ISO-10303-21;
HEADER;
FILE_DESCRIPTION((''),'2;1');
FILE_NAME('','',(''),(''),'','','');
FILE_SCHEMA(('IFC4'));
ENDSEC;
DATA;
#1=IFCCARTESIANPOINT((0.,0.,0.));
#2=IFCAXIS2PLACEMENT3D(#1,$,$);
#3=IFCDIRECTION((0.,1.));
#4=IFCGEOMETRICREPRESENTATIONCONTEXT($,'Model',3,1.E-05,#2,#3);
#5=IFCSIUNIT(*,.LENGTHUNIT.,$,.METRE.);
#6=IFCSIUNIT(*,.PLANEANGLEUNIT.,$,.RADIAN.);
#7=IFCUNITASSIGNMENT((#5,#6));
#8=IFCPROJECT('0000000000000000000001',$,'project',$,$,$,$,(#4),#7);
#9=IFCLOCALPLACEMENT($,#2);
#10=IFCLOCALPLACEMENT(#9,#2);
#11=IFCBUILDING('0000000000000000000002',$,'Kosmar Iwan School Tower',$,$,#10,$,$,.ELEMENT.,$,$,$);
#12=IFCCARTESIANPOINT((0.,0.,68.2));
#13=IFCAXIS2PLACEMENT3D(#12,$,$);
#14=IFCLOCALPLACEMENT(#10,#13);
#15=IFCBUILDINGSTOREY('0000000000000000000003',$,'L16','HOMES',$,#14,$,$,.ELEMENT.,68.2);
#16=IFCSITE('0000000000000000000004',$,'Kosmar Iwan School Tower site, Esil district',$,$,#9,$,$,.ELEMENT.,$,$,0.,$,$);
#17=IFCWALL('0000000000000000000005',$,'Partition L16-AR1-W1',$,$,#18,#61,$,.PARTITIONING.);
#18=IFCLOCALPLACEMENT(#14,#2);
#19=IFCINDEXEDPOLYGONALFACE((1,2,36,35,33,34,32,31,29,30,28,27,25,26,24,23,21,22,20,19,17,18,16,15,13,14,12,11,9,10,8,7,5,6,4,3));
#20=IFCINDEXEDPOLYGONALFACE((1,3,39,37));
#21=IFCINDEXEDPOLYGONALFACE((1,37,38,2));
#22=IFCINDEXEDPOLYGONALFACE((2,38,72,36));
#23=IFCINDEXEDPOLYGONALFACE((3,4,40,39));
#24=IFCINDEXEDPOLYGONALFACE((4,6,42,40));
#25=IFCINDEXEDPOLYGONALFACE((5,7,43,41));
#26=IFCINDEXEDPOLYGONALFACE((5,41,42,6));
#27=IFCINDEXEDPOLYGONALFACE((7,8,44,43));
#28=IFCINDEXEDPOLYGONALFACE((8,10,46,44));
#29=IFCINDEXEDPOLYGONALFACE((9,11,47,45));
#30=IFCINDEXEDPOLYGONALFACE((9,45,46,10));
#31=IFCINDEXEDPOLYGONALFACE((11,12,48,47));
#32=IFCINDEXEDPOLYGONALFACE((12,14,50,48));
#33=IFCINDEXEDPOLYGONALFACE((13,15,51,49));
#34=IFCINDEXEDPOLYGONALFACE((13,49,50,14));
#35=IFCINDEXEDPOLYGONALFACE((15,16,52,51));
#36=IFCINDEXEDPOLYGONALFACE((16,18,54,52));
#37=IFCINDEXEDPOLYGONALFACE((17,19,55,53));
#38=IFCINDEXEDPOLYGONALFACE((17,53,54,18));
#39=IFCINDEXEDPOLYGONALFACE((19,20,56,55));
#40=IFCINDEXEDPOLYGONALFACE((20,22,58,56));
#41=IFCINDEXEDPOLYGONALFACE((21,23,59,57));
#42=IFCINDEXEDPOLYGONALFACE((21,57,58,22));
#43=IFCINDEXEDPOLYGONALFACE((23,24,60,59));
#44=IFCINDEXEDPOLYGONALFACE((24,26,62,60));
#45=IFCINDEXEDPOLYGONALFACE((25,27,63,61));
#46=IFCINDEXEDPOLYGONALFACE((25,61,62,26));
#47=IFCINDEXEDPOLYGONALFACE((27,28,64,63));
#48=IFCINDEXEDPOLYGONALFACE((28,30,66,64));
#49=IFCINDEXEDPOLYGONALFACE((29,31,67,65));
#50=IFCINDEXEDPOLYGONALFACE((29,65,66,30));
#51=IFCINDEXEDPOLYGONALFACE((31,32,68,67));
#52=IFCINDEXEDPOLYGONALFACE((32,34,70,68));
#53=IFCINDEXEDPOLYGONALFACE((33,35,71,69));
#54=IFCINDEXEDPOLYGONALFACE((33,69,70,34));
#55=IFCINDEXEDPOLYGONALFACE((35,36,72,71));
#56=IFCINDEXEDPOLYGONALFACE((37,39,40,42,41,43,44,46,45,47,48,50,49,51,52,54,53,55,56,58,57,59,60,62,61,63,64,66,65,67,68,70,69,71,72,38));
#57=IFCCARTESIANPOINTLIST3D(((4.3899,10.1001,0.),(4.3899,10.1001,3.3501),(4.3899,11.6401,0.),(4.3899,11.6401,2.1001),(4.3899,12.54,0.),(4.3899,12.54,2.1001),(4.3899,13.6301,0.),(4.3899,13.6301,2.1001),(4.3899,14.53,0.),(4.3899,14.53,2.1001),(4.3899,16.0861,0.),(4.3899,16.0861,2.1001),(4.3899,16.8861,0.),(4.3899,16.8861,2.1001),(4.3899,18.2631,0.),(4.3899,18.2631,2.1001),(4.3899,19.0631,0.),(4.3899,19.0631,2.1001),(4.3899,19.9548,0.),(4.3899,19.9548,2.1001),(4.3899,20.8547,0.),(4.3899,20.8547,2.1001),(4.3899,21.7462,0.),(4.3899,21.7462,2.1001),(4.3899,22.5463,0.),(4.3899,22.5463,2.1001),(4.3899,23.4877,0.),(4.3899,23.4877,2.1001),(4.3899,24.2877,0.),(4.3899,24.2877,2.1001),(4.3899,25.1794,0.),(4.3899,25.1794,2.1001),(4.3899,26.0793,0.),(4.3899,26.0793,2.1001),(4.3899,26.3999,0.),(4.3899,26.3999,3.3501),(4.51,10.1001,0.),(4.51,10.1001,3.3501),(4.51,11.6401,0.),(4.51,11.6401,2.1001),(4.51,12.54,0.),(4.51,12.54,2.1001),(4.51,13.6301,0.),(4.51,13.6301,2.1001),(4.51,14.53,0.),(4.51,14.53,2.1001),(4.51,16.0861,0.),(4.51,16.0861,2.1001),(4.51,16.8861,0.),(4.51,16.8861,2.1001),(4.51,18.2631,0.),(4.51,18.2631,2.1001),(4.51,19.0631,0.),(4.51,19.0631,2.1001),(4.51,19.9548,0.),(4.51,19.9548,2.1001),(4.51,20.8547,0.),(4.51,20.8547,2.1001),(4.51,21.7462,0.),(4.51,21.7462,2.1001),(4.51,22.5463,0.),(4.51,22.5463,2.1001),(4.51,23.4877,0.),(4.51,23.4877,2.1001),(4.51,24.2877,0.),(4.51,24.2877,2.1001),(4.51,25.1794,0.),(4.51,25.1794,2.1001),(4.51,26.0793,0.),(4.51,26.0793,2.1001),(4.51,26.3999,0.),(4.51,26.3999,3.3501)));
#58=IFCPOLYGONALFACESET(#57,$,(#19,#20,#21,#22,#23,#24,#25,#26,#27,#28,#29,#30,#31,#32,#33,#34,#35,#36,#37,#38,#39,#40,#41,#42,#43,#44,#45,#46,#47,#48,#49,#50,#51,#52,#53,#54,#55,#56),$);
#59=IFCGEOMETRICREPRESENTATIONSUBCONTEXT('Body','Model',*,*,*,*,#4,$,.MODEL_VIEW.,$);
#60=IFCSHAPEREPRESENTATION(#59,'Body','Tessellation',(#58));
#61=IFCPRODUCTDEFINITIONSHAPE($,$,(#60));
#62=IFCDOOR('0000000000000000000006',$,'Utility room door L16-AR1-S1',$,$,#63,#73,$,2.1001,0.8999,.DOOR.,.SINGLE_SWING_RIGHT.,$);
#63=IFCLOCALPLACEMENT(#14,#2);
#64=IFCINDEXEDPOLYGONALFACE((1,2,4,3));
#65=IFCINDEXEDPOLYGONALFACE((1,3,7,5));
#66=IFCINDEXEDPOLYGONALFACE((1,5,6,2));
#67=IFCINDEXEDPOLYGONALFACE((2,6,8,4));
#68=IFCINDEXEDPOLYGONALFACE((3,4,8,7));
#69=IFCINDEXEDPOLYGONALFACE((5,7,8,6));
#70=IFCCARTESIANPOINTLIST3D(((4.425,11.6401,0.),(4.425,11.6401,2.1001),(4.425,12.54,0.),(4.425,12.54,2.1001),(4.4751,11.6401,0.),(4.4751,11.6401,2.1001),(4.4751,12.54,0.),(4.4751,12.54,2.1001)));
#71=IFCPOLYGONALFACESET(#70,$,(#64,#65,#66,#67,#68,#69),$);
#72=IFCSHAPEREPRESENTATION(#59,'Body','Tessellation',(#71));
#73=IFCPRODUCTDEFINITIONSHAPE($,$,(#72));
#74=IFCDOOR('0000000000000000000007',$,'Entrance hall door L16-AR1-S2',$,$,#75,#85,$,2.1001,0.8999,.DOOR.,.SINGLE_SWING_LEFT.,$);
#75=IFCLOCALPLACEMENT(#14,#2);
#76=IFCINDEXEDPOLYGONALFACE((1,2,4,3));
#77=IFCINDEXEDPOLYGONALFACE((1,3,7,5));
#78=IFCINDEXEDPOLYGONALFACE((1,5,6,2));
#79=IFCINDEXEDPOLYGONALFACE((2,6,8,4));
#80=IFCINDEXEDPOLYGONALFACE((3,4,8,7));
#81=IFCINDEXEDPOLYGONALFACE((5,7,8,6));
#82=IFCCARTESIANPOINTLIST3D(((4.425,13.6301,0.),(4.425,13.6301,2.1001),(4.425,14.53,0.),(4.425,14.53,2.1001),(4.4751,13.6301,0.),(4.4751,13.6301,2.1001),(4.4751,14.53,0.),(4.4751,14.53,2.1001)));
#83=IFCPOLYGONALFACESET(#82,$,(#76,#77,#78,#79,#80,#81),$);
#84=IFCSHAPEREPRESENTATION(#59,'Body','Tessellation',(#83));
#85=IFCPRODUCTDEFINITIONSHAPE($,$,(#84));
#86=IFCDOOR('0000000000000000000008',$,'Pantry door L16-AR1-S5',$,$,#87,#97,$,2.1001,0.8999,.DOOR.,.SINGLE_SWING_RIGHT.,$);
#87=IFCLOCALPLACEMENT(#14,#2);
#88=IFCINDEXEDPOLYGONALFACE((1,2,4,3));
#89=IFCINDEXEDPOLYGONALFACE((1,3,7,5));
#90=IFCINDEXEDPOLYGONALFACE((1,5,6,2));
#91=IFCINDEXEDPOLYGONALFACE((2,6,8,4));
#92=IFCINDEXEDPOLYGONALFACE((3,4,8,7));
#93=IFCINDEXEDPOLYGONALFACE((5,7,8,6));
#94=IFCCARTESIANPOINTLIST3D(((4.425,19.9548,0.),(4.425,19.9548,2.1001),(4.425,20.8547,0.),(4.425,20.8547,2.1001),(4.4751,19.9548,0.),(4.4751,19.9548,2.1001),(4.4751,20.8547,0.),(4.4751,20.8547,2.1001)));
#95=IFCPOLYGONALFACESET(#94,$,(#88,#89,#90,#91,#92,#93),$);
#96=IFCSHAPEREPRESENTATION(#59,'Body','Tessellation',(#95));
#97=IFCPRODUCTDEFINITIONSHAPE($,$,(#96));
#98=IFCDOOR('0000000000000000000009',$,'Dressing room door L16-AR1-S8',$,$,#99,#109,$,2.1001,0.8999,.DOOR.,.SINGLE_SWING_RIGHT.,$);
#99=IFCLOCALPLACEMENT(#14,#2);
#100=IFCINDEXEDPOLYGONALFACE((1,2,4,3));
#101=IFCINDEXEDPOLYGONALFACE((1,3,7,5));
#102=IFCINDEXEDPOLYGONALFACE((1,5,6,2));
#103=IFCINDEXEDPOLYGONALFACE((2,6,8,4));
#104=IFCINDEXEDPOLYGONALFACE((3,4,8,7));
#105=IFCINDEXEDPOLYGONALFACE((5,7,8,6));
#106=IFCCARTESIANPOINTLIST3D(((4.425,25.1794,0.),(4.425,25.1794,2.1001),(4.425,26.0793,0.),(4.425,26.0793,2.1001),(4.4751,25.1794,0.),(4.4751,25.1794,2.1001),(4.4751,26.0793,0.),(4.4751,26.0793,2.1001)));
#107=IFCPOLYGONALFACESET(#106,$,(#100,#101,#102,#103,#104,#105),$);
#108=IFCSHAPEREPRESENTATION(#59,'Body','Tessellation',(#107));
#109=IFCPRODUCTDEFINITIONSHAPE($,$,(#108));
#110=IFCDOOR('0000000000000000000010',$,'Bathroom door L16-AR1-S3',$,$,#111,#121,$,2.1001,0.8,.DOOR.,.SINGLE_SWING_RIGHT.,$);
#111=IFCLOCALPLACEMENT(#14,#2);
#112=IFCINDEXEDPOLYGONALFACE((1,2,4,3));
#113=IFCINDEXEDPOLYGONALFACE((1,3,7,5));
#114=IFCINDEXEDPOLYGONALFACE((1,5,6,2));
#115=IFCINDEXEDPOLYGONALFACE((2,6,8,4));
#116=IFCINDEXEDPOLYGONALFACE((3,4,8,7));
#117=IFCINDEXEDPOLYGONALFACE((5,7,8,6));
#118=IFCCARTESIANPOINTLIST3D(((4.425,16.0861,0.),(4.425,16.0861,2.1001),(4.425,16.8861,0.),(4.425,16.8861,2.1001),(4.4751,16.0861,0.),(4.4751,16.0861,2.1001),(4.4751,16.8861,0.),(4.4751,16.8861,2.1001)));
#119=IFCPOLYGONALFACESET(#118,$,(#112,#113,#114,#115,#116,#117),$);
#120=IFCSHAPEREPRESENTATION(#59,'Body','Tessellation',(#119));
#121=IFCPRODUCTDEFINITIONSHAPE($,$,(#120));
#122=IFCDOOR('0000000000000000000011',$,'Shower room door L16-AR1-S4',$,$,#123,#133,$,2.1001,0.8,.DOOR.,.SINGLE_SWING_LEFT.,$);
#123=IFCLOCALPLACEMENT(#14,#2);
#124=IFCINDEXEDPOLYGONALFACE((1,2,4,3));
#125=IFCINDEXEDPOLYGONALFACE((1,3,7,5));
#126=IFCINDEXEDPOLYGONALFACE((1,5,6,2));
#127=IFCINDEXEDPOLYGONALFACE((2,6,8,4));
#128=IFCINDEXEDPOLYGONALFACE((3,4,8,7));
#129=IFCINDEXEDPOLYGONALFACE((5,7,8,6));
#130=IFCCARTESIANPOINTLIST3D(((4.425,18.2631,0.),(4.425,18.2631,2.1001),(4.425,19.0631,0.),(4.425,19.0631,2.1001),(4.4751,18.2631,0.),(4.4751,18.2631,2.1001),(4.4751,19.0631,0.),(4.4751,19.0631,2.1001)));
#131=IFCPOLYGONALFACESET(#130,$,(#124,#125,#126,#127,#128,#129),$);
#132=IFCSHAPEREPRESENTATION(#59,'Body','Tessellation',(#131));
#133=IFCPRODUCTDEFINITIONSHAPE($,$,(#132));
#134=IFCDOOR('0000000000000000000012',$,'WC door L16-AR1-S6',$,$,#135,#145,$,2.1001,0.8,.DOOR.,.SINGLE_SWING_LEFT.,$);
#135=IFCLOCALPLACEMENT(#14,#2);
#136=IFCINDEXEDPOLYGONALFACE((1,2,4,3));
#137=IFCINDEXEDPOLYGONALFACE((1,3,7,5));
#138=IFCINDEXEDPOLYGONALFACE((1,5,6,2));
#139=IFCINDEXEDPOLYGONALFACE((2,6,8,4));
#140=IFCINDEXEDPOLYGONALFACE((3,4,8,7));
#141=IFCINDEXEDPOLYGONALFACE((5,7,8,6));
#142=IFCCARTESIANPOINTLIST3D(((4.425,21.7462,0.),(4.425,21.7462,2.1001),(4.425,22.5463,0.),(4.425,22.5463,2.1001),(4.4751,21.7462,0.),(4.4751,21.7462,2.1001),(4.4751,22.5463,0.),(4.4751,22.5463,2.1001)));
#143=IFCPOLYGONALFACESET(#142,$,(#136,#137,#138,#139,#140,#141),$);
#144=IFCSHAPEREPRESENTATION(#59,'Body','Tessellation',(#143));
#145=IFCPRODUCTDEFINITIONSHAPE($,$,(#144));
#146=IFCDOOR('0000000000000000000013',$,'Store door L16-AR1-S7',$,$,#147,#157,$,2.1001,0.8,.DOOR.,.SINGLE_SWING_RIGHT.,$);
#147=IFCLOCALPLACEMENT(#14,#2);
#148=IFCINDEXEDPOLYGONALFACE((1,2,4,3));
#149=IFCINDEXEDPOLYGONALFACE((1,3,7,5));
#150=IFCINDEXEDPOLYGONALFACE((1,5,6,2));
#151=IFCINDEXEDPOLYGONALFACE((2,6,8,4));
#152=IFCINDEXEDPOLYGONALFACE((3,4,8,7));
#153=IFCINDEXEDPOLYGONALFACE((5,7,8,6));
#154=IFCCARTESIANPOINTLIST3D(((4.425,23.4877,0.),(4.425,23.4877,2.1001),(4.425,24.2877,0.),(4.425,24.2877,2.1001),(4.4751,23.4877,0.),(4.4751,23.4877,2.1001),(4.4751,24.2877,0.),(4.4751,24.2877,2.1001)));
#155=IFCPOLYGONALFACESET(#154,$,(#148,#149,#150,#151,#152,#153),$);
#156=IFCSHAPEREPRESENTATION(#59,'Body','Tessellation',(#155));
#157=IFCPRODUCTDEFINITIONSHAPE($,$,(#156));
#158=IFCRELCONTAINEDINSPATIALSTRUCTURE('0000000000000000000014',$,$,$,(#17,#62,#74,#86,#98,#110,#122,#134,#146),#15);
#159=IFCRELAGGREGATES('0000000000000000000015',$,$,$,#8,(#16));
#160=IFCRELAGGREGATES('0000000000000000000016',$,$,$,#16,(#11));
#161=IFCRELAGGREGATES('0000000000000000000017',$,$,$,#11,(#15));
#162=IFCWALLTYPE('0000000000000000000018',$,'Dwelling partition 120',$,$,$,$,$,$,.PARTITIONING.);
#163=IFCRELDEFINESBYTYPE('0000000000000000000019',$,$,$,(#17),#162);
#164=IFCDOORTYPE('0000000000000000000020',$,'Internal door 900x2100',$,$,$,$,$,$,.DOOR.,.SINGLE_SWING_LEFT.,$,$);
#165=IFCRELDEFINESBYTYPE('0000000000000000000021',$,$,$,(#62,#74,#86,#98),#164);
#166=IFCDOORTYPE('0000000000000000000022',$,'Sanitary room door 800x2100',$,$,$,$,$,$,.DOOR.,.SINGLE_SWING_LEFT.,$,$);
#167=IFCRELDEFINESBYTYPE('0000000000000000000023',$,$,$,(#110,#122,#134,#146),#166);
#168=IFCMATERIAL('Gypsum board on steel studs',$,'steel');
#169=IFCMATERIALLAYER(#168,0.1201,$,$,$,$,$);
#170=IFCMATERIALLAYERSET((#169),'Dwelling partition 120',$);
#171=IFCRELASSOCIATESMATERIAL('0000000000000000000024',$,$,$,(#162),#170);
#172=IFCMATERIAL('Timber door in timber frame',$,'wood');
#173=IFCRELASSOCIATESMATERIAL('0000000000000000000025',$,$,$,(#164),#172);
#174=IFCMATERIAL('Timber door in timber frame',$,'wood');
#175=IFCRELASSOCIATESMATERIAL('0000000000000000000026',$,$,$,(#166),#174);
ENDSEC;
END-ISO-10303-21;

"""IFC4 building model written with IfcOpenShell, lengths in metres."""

from ifc_helpers import new_model, si_unit, direction, frame, frame_2d, origin, place, context, subcontext, project, spatial, rectangle, extrude, material, layer, layer_set, type_object, element, fill, save


model = new_model("IFC4")

# Units and contexts
model_context = context("Model", 3, precision=1e-05, world=origin(), true_north=direction((0.0, 1.0)))
body_context = subcontext(model_context, "Body", "Model", "MODEL_VIEW")
ifc_project = project(units=[si_unit("LENGTHUNIT", "METRE"), si_unit("PLANEANGLEUNIT", "RADIAN")], contexts=[model_context])

# Site, building, storey
site_placement = place(None, origin())
site = spatial("IfcSite", under=ifc_project, at=site_placement, Name="Kosmar Iwan School Tower site, Esil district", CompositionType="ELEMENT", RefElevation=0.0)
building_placement = place(site_placement, origin())
building = spatial("IfcBuilding", under=site, at=building_placement, Name="Kosmar Iwan School Tower", CompositionType="ELEMENT")
storey_placement = place(building_placement, frame((0.0, 0.0, 68.2)))
storey = spatial("IfcBuildingStorey", under=building, at=storey_placement, Name="L16", Description="HOMES", CompositionType="ELEMENT", Elevation=68.2)

# Wall, openings, doors
ifc_material_1 = material(Name="Gypsum board on steel studs", Category="steel")
ifc_layer_1 = layer(ifc_material_1, 0.1201)
ifc_layer_set_1 = layer_set([ifc_layer_1], Name="Dwelling partition 120")
wall_type_1 = type_object("IfcWallType", Name="Dwelling partition 120", PredefinedType="PARTITIONING", material=ifc_layer_set_1)
wall_1_placement = place(storey_placement, frame((4.45, 10.1001, 0.0), z_axis=(0.0, 0.0, 1.0), x_axis=(0.0, 1.0, 0.0)))
wall_1 = element("IfcWall", 1, at=wall_1_placement, inside=storey, type_object=wall_type_1, Name="Partition L16-AR1-W1", PredefinedType="PARTITIONING", context=body_context, shape_type="SweptSolid", body=[
    extrude(rectangle(XDim=16.2998, YDim=0.1201, at=frame_2d((8.1499, 0.0))), origin(), (0.0, 0.0, 1.0), 3.3501),
])
opening_1_placement = place(wall_1_placement, frame((1.54, 0.0, 0.0)))
opening_1 = element("IfcOpeningElement", 2, at=opening_1_placement, cuts=wall_1, PredefinedType="OPENING", context=body_context, shape_type="SweptSolid", body=[
    extrude(rectangle(XDim=0.8999, YDim=2.1001, at=frame_2d((0.45, 1.05))), frame((0.0, 0.072, 0.0), z_axis=(0.0, -1.0, 0.0), x_axis=(1.0, 0.0, 0.0)), (0.0, 0.0, 1.0), 0.144),
])
opening_2_placement = place(wall_1_placement, frame((3.53, 0.0, 0.0)))
opening_2 = element("IfcOpeningElement", 3, at=opening_2_placement, cuts=wall_1, PredefinedType="OPENING", context=body_context, shape_type="SweptSolid", body=[
    extrude(rectangle(XDim=0.8999, YDim=2.1001, at=frame_2d((0.45, 1.05))), frame((0.0, 0.072, 0.0), z_axis=(0.0, -1.0, 0.0), x_axis=(1.0, 0.0, 0.0)), (0.0, 0.0, 1.0), 0.144),
])
opening_3_placement = place(wall_1_placement, frame((5.9861, 0.0, 0.0)))
opening_3 = element("IfcOpeningElement", 4, at=opening_3_placement, cuts=wall_1, PredefinedType="OPENING", context=body_context, shape_type="SweptSolid", body=[
    extrude(rectangle(XDim=0.8, YDim=2.1001, at=frame_2d((0.3999, 1.05))), frame((0.0, 0.072, 0.0), z_axis=(0.0, -1.0, 0.0), x_axis=(1.0, 0.0, 0.0)), (0.0, 0.0, 1.0), 0.144),
])
opening_4_placement = place(wall_1_placement, frame((8.1631, 0.0, 0.0)))
opening_4 = element("IfcOpeningElement", 5, at=opening_4_placement, cuts=wall_1, PredefinedType="OPENING", context=body_context, shape_type="SweptSolid", body=[
    extrude(rectangle(XDim=0.8, YDim=2.1001, at=frame_2d((0.3999, 1.05))), frame((0.0, 0.072, 0.0), z_axis=(0.0, -1.0, 0.0), x_axis=(1.0, 0.0, 0.0)), (0.0, 0.0, 1.0), 0.144),
])
opening_5_placement = place(wall_1_placement, frame((9.8547, 0.0, 0.0)))
opening_5 = element("IfcOpeningElement", 6, at=opening_5_placement, cuts=wall_1, PredefinedType="OPENING", context=body_context, shape_type="SweptSolid", body=[
    extrude(rectangle(XDim=0.8999, YDim=2.1001, at=frame_2d((0.45, 1.05))), frame((0.0, 0.072, 0.0), z_axis=(0.0, -1.0, 0.0), x_axis=(1.0, 0.0, 0.0)), (0.0, 0.0, 1.0), 0.144),
])
opening_6_placement = place(wall_1_placement, frame((11.6462, 0.0, 0.0)))
opening_6 = element("IfcOpeningElement", 7, at=opening_6_placement, cuts=wall_1, PredefinedType="OPENING", context=body_context, shape_type="SweptSolid", body=[
    extrude(rectangle(XDim=0.8, YDim=2.1001, at=frame_2d((0.3999, 1.05))), frame((0.0, 0.072, 0.0), z_axis=(0.0, -1.0, 0.0), x_axis=(1.0, 0.0, 0.0)), (0.0, 0.0, 1.0), 0.144),
])
opening_7_placement = place(wall_1_placement, frame((13.3877, 0.0, 0.0)))
opening_7 = element("IfcOpeningElement", 8, at=opening_7_placement, cuts=wall_1, PredefinedType="OPENING", context=body_context, shape_type="SweptSolid", body=[
    extrude(rectangle(XDim=0.8, YDim=2.1001, at=frame_2d((0.3999, 1.05))), frame((0.0, 0.072, 0.0), z_axis=(0.0, -1.0, 0.0), x_axis=(1.0, 0.0, 0.0)), (0.0, 0.0, 1.0), 0.144),
])
opening_8_placement = place(wall_1_placement, frame((15.0793, 0.0, 0.0)))
opening_8 = element("IfcOpeningElement", 9, at=opening_8_placement, cuts=wall_1, PredefinedType="OPENING", context=body_context, shape_type="SweptSolid", body=[
    extrude(rectangle(XDim=0.8999, YDim=2.1001, at=frame_2d((0.45, 1.05))), frame((0.0, 0.072, 0.0), z_axis=(0.0, -1.0, 0.0), x_axis=(1.0, 0.0, 0.0)), (0.0, 0.0, 1.0), 0.144),
])
ifc_material_2 = material(Name="Timber door in timber frame", Category="wood")
door_type_1 = type_object("IfcDoorType", Name="Internal door 900x2100", OperationType="SINGLE_SWING_LEFT", PredefinedType="DOOR", material=ifc_material_2)
door_1_placement = place(opening_1_placement, origin())
door_1 = element("IfcDoor", 10, at=door_1_placement, inside=storey, type_object=door_type_1, Name="Utility room door L16-AR1-S1", OperationType="SINGLE_SWING_RIGHT", OverallHeight=2.1001, OverallWidth=0.8999, PredefinedType="DOOR", context=body_context, shape_type="SweptSolid", body=[
    extrude(rectangle(XDim=0.8999, YDim=2.1001, at=frame_2d((0.45, 1.05))), frame((0.0, 0.0249, 0.0), z_axis=(0.0, -1.0, 0.0), x_axis=(1.0, 0.0, 0.0)), (0.0, 0.0, 1.0), 0.05),
])
fill(opening_1, door_1)
door_2_placement = place(opening_2_placement, origin())
door_2 = element("IfcDoor", 11, at=door_2_placement, inside=storey, type_object=door_type_1, Name="Entrance hall door L16-AR1-S2", OperationType="SINGLE_SWING_LEFT", OverallHeight=2.1001, OverallWidth=0.8999, PredefinedType="DOOR", context=body_context, shape_type="SweptSolid", body=[
    extrude(rectangle(XDim=0.8999, YDim=2.1001, at=frame_2d((0.45, 1.05))), frame((0.0, 0.0249, 0.0), z_axis=(0.0, -1.0, 0.0), x_axis=(1.0, 0.0, 0.0)), (0.0, 0.0, 1.0), 0.05),
])
fill(opening_2, door_2)
door_3_placement = place(opening_5_placement, origin())
door_3 = element("IfcDoor", 12, at=door_3_placement, inside=storey, type_object=door_type_1, Name="Pantry door L16-AR1-S5", OperationType="SINGLE_SWING_RIGHT", OverallHeight=2.1001, OverallWidth=0.8999, PredefinedType="DOOR", context=body_context, shape_type="SweptSolid", body=[
    extrude(rectangle(XDim=0.8999, YDim=2.1001, at=frame_2d((0.45, 1.05))), frame((0.0, 0.0249, 0.0), z_axis=(0.0, -1.0, 0.0), x_axis=(1.0, 0.0, 0.0)), (0.0, 0.0, 1.0), 0.05),
])
fill(opening_5, door_3)
door_4_placement = place(opening_8_placement, origin())
door_4 = element("IfcDoor", 13, at=door_4_placement, inside=storey, type_object=door_type_1, Name="Dressing room door L16-AR1-S8", OperationType="SINGLE_SWING_RIGHT", OverallHeight=2.1001, OverallWidth=0.8999, PredefinedType="DOOR", context=body_context, shape_type="SweptSolid", body=[
    extrude(rectangle(XDim=0.8999, YDim=2.1001, at=frame_2d((0.45, 1.05))), frame((0.0, 0.0249, 0.0), z_axis=(0.0, -1.0, 0.0), x_axis=(1.0, 0.0, 0.0)), (0.0, 0.0, 1.0), 0.05),
])
fill(opening_8, door_4)
ifc_material_3 = material(Name="Timber door in timber frame", Category="wood")
door_type_2 = type_object("IfcDoorType", Name="Sanitary room door 800x2100", OperationType="SINGLE_SWING_LEFT", PredefinedType="DOOR", material=ifc_material_3)
door_5_placement = place(opening_3_placement, origin())
door_5 = element("IfcDoor", 14, at=door_5_placement, inside=storey, type_object=door_type_2, Name="Bathroom door L16-AR1-S3", OperationType="SINGLE_SWING_RIGHT", OverallHeight=2.1001, OverallWidth=0.8, PredefinedType="DOOR", context=body_context, shape_type="SweptSolid", body=[
    extrude(rectangle(XDim=0.8, YDim=2.1001, at=frame_2d((0.3999, 1.05))), frame((0.0, 0.0249, 0.0), z_axis=(0.0, -1.0, 0.0), x_axis=(1.0, 0.0, 0.0)), (0.0, 0.0, 1.0), 0.05),
])
fill(opening_3, door_5)
door_6_placement = place(opening_4_placement, origin())
door_6 = element("IfcDoor", 15, at=door_6_placement, inside=storey, type_object=door_type_2, Name="Shower room door L16-AR1-S4", OperationType="SINGLE_SWING_LEFT", OverallHeight=2.1001, OverallWidth=0.8, PredefinedType="DOOR", context=body_context, shape_type="SweptSolid", body=[
    extrude(rectangle(XDim=0.8, YDim=2.1001, at=frame_2d((0.3999, 1.05))), frame((0.0, 0.0249, 0.0), z_axis=(0.0, -1.0, 0.0), x_axis=(1.0, 0.0, 0.0)), (0.0, 0.0, 1.0), 0.05),
])
fill(opening_4, door_6)
door_7_placement = place(opening_6_placement, origin())
door_7 = element("IfcDoor", 16, at=door_7_placement, inside=storey, type_object=door_type_2, Name="WC door L16-AR1-S6", OperationType="SINGLE_SWING_LEFT", OverallHeight=2.1001, OverallWidth=0.8, PredefinedType="DOOR", context=body_context, shape_type="SweptSolid", body=[
    extrude(rectangle(XDim=0.8, YDim=2.1001, at=frame_2d((0.3999, 1.05))), frame((0.0, 0.0249, 0.0), z_axis=(0.0, -1.0, 0.0), x_axis=(1.0, 0.0, 0.0)), (0.0, 0.0, 1.0), 0.05),
])
fill(opening_6, door_7)
door_8_placement = place(opening_7_placement, origin())
door_8 = element("IfcDoor", 17, at=door_8_placement, inside=storey, type_object=door_type_2, Name="Store door L16-AR1-S7", OperationType="SINGLE_SWING_RIGHT", OverallHeight=2.1001, OverallWidth=0.8, PredefinedType="DOOR", context=body_context, shape_type="SweptSolid", body=[
    extrude(rectangle(XDim=0.8, YDim=2.1001, at=frame_2d((0.3999, 1.05))), frame((0.0, 0.0249, 0.0), z_axis=(0.0, -1.0, 0.0), x_axis=(1.0, 0.0, 0.0)), (0.0, 0.0, 1.0), 0.05),
])
fill(opening_7, door_8)

save(model, "model.ifc")
